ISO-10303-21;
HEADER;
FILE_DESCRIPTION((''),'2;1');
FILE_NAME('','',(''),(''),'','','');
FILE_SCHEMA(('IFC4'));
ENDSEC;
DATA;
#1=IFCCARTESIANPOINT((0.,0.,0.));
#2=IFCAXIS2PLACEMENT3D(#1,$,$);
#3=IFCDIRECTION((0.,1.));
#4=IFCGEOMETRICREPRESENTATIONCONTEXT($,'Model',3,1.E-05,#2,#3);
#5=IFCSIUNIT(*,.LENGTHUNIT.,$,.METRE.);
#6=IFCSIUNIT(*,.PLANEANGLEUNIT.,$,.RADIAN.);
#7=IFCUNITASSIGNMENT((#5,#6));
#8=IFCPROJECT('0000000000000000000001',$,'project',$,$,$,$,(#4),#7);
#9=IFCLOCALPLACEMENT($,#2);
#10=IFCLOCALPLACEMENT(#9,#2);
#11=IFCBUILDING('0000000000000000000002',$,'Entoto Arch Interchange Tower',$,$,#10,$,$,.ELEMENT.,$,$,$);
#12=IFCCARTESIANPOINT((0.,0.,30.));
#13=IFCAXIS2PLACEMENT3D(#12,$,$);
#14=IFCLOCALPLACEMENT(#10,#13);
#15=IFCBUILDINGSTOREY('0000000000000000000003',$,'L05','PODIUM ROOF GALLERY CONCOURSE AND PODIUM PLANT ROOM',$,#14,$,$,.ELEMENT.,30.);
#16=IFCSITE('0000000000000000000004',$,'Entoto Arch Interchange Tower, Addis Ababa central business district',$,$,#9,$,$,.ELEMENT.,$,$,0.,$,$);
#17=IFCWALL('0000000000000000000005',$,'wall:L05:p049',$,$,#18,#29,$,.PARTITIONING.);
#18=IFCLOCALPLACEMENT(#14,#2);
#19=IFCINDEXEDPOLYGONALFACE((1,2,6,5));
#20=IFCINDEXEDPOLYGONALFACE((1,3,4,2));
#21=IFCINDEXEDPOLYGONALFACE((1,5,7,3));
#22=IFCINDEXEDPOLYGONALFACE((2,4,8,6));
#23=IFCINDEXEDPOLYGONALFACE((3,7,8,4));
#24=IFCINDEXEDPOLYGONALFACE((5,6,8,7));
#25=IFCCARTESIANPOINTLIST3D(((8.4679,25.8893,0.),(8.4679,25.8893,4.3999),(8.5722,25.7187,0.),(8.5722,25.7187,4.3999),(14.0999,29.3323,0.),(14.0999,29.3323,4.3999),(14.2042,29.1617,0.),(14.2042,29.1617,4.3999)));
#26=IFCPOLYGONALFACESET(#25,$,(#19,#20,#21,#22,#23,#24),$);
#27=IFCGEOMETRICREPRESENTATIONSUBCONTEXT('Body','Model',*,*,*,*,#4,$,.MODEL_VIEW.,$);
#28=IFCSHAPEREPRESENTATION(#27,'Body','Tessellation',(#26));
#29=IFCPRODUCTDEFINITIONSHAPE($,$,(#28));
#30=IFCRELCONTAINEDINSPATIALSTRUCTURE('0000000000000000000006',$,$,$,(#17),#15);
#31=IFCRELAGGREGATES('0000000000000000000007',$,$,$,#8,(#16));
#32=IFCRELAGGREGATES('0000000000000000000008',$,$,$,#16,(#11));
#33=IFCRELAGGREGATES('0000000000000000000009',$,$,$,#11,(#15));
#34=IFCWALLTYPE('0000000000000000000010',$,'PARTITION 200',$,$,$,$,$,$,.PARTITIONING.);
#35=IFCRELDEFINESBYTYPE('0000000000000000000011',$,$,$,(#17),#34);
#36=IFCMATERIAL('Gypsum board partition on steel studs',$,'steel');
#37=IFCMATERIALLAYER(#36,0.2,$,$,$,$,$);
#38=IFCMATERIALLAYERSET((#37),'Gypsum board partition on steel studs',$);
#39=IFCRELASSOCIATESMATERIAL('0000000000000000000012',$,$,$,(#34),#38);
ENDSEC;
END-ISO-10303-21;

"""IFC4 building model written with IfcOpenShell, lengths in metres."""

from ifc_helpers import new_model, si_unit, direction, frame, frame_2d, origin, place, context, subcontext, project, spatial, rectangle, extrude, material, layer, layer_set, type_object, element, save


model = new_model("IFC4")

# Units and contexts
model_context = context("Model", 3, precision=1e-05, world=origin(), true_north=direction((0.0, 1.0)))
body_context = subcontext(model_context, "Body", "Model", "MODEL_VIEW")
ifc_project = project(units=[si_unit("LENGTHUNIT", "METRE"), si_unit("PLANEANGLEUNIT", "RADIAN")], contexts=[model_context])

# Site, building, storey
site_placement = place(None, origin())
site = spatial("IfcSite", under=ifc_project, at=site_placement, Name="Entoto Arch Interchange Tower, Addis Ababa central business district", CompositionType="ELEMENT", RefElevation=0.0)
building_placement = place(site_placement, origin())
building = spatial("IfcBuilding", under=site, at=building_placement, Name="Entoto Arch Interchange Tower", CompositionType="ELEMENT")
storey_placement = place(building_placement, frame((0.0, 0.0, 30.0)))
storey = spatial("IfcBuildingStorey", under=building, at=storey_placement, Name="L05", Description="PODIUM ROOF GALLERY CONCOURSE AND PODIUM PLANT ROOM", CompositionType="ELEMENT", Elevation=30.0)

# Wall
ifc_material_1 = material(Name="Gypsum board partition on steel studs", Category="steel")
ifc_layer_1 = layer(ifc_material_1, 0.2)
ifc_layer_set_1 = layer_set([ifc_layer_1], Name="Gypsum board partition on steel studs")
wall_type_1 = type_object("IfcWallType", Name="PARTITION 200", PredefinedType="PARTITIONING", material=ifc_layer_set_1)
wall_1_placement = place(storey_placement, frame((8.52, 25.804, 0.0), z_axis=(0.0, 0.0, 1.0), x_axis=(0.853195, 0.521592, 0.0)))
element("IfcWall", 1, at=wall_1_placement, inside=storey, type_object=wall_type_1, Name="wall:L05:p049", PredefinedType="PARTITIONING", context=body_context, shape_type="SweptSolid", body=[
    extrude(rectangle(XDim=6.6011, YDim=0.2, at=frame_2d((3.3005, 0.0))), origin(), (0.0, 0.0, 1.0), 4.3999),
])

save(model, "model.ifc")
